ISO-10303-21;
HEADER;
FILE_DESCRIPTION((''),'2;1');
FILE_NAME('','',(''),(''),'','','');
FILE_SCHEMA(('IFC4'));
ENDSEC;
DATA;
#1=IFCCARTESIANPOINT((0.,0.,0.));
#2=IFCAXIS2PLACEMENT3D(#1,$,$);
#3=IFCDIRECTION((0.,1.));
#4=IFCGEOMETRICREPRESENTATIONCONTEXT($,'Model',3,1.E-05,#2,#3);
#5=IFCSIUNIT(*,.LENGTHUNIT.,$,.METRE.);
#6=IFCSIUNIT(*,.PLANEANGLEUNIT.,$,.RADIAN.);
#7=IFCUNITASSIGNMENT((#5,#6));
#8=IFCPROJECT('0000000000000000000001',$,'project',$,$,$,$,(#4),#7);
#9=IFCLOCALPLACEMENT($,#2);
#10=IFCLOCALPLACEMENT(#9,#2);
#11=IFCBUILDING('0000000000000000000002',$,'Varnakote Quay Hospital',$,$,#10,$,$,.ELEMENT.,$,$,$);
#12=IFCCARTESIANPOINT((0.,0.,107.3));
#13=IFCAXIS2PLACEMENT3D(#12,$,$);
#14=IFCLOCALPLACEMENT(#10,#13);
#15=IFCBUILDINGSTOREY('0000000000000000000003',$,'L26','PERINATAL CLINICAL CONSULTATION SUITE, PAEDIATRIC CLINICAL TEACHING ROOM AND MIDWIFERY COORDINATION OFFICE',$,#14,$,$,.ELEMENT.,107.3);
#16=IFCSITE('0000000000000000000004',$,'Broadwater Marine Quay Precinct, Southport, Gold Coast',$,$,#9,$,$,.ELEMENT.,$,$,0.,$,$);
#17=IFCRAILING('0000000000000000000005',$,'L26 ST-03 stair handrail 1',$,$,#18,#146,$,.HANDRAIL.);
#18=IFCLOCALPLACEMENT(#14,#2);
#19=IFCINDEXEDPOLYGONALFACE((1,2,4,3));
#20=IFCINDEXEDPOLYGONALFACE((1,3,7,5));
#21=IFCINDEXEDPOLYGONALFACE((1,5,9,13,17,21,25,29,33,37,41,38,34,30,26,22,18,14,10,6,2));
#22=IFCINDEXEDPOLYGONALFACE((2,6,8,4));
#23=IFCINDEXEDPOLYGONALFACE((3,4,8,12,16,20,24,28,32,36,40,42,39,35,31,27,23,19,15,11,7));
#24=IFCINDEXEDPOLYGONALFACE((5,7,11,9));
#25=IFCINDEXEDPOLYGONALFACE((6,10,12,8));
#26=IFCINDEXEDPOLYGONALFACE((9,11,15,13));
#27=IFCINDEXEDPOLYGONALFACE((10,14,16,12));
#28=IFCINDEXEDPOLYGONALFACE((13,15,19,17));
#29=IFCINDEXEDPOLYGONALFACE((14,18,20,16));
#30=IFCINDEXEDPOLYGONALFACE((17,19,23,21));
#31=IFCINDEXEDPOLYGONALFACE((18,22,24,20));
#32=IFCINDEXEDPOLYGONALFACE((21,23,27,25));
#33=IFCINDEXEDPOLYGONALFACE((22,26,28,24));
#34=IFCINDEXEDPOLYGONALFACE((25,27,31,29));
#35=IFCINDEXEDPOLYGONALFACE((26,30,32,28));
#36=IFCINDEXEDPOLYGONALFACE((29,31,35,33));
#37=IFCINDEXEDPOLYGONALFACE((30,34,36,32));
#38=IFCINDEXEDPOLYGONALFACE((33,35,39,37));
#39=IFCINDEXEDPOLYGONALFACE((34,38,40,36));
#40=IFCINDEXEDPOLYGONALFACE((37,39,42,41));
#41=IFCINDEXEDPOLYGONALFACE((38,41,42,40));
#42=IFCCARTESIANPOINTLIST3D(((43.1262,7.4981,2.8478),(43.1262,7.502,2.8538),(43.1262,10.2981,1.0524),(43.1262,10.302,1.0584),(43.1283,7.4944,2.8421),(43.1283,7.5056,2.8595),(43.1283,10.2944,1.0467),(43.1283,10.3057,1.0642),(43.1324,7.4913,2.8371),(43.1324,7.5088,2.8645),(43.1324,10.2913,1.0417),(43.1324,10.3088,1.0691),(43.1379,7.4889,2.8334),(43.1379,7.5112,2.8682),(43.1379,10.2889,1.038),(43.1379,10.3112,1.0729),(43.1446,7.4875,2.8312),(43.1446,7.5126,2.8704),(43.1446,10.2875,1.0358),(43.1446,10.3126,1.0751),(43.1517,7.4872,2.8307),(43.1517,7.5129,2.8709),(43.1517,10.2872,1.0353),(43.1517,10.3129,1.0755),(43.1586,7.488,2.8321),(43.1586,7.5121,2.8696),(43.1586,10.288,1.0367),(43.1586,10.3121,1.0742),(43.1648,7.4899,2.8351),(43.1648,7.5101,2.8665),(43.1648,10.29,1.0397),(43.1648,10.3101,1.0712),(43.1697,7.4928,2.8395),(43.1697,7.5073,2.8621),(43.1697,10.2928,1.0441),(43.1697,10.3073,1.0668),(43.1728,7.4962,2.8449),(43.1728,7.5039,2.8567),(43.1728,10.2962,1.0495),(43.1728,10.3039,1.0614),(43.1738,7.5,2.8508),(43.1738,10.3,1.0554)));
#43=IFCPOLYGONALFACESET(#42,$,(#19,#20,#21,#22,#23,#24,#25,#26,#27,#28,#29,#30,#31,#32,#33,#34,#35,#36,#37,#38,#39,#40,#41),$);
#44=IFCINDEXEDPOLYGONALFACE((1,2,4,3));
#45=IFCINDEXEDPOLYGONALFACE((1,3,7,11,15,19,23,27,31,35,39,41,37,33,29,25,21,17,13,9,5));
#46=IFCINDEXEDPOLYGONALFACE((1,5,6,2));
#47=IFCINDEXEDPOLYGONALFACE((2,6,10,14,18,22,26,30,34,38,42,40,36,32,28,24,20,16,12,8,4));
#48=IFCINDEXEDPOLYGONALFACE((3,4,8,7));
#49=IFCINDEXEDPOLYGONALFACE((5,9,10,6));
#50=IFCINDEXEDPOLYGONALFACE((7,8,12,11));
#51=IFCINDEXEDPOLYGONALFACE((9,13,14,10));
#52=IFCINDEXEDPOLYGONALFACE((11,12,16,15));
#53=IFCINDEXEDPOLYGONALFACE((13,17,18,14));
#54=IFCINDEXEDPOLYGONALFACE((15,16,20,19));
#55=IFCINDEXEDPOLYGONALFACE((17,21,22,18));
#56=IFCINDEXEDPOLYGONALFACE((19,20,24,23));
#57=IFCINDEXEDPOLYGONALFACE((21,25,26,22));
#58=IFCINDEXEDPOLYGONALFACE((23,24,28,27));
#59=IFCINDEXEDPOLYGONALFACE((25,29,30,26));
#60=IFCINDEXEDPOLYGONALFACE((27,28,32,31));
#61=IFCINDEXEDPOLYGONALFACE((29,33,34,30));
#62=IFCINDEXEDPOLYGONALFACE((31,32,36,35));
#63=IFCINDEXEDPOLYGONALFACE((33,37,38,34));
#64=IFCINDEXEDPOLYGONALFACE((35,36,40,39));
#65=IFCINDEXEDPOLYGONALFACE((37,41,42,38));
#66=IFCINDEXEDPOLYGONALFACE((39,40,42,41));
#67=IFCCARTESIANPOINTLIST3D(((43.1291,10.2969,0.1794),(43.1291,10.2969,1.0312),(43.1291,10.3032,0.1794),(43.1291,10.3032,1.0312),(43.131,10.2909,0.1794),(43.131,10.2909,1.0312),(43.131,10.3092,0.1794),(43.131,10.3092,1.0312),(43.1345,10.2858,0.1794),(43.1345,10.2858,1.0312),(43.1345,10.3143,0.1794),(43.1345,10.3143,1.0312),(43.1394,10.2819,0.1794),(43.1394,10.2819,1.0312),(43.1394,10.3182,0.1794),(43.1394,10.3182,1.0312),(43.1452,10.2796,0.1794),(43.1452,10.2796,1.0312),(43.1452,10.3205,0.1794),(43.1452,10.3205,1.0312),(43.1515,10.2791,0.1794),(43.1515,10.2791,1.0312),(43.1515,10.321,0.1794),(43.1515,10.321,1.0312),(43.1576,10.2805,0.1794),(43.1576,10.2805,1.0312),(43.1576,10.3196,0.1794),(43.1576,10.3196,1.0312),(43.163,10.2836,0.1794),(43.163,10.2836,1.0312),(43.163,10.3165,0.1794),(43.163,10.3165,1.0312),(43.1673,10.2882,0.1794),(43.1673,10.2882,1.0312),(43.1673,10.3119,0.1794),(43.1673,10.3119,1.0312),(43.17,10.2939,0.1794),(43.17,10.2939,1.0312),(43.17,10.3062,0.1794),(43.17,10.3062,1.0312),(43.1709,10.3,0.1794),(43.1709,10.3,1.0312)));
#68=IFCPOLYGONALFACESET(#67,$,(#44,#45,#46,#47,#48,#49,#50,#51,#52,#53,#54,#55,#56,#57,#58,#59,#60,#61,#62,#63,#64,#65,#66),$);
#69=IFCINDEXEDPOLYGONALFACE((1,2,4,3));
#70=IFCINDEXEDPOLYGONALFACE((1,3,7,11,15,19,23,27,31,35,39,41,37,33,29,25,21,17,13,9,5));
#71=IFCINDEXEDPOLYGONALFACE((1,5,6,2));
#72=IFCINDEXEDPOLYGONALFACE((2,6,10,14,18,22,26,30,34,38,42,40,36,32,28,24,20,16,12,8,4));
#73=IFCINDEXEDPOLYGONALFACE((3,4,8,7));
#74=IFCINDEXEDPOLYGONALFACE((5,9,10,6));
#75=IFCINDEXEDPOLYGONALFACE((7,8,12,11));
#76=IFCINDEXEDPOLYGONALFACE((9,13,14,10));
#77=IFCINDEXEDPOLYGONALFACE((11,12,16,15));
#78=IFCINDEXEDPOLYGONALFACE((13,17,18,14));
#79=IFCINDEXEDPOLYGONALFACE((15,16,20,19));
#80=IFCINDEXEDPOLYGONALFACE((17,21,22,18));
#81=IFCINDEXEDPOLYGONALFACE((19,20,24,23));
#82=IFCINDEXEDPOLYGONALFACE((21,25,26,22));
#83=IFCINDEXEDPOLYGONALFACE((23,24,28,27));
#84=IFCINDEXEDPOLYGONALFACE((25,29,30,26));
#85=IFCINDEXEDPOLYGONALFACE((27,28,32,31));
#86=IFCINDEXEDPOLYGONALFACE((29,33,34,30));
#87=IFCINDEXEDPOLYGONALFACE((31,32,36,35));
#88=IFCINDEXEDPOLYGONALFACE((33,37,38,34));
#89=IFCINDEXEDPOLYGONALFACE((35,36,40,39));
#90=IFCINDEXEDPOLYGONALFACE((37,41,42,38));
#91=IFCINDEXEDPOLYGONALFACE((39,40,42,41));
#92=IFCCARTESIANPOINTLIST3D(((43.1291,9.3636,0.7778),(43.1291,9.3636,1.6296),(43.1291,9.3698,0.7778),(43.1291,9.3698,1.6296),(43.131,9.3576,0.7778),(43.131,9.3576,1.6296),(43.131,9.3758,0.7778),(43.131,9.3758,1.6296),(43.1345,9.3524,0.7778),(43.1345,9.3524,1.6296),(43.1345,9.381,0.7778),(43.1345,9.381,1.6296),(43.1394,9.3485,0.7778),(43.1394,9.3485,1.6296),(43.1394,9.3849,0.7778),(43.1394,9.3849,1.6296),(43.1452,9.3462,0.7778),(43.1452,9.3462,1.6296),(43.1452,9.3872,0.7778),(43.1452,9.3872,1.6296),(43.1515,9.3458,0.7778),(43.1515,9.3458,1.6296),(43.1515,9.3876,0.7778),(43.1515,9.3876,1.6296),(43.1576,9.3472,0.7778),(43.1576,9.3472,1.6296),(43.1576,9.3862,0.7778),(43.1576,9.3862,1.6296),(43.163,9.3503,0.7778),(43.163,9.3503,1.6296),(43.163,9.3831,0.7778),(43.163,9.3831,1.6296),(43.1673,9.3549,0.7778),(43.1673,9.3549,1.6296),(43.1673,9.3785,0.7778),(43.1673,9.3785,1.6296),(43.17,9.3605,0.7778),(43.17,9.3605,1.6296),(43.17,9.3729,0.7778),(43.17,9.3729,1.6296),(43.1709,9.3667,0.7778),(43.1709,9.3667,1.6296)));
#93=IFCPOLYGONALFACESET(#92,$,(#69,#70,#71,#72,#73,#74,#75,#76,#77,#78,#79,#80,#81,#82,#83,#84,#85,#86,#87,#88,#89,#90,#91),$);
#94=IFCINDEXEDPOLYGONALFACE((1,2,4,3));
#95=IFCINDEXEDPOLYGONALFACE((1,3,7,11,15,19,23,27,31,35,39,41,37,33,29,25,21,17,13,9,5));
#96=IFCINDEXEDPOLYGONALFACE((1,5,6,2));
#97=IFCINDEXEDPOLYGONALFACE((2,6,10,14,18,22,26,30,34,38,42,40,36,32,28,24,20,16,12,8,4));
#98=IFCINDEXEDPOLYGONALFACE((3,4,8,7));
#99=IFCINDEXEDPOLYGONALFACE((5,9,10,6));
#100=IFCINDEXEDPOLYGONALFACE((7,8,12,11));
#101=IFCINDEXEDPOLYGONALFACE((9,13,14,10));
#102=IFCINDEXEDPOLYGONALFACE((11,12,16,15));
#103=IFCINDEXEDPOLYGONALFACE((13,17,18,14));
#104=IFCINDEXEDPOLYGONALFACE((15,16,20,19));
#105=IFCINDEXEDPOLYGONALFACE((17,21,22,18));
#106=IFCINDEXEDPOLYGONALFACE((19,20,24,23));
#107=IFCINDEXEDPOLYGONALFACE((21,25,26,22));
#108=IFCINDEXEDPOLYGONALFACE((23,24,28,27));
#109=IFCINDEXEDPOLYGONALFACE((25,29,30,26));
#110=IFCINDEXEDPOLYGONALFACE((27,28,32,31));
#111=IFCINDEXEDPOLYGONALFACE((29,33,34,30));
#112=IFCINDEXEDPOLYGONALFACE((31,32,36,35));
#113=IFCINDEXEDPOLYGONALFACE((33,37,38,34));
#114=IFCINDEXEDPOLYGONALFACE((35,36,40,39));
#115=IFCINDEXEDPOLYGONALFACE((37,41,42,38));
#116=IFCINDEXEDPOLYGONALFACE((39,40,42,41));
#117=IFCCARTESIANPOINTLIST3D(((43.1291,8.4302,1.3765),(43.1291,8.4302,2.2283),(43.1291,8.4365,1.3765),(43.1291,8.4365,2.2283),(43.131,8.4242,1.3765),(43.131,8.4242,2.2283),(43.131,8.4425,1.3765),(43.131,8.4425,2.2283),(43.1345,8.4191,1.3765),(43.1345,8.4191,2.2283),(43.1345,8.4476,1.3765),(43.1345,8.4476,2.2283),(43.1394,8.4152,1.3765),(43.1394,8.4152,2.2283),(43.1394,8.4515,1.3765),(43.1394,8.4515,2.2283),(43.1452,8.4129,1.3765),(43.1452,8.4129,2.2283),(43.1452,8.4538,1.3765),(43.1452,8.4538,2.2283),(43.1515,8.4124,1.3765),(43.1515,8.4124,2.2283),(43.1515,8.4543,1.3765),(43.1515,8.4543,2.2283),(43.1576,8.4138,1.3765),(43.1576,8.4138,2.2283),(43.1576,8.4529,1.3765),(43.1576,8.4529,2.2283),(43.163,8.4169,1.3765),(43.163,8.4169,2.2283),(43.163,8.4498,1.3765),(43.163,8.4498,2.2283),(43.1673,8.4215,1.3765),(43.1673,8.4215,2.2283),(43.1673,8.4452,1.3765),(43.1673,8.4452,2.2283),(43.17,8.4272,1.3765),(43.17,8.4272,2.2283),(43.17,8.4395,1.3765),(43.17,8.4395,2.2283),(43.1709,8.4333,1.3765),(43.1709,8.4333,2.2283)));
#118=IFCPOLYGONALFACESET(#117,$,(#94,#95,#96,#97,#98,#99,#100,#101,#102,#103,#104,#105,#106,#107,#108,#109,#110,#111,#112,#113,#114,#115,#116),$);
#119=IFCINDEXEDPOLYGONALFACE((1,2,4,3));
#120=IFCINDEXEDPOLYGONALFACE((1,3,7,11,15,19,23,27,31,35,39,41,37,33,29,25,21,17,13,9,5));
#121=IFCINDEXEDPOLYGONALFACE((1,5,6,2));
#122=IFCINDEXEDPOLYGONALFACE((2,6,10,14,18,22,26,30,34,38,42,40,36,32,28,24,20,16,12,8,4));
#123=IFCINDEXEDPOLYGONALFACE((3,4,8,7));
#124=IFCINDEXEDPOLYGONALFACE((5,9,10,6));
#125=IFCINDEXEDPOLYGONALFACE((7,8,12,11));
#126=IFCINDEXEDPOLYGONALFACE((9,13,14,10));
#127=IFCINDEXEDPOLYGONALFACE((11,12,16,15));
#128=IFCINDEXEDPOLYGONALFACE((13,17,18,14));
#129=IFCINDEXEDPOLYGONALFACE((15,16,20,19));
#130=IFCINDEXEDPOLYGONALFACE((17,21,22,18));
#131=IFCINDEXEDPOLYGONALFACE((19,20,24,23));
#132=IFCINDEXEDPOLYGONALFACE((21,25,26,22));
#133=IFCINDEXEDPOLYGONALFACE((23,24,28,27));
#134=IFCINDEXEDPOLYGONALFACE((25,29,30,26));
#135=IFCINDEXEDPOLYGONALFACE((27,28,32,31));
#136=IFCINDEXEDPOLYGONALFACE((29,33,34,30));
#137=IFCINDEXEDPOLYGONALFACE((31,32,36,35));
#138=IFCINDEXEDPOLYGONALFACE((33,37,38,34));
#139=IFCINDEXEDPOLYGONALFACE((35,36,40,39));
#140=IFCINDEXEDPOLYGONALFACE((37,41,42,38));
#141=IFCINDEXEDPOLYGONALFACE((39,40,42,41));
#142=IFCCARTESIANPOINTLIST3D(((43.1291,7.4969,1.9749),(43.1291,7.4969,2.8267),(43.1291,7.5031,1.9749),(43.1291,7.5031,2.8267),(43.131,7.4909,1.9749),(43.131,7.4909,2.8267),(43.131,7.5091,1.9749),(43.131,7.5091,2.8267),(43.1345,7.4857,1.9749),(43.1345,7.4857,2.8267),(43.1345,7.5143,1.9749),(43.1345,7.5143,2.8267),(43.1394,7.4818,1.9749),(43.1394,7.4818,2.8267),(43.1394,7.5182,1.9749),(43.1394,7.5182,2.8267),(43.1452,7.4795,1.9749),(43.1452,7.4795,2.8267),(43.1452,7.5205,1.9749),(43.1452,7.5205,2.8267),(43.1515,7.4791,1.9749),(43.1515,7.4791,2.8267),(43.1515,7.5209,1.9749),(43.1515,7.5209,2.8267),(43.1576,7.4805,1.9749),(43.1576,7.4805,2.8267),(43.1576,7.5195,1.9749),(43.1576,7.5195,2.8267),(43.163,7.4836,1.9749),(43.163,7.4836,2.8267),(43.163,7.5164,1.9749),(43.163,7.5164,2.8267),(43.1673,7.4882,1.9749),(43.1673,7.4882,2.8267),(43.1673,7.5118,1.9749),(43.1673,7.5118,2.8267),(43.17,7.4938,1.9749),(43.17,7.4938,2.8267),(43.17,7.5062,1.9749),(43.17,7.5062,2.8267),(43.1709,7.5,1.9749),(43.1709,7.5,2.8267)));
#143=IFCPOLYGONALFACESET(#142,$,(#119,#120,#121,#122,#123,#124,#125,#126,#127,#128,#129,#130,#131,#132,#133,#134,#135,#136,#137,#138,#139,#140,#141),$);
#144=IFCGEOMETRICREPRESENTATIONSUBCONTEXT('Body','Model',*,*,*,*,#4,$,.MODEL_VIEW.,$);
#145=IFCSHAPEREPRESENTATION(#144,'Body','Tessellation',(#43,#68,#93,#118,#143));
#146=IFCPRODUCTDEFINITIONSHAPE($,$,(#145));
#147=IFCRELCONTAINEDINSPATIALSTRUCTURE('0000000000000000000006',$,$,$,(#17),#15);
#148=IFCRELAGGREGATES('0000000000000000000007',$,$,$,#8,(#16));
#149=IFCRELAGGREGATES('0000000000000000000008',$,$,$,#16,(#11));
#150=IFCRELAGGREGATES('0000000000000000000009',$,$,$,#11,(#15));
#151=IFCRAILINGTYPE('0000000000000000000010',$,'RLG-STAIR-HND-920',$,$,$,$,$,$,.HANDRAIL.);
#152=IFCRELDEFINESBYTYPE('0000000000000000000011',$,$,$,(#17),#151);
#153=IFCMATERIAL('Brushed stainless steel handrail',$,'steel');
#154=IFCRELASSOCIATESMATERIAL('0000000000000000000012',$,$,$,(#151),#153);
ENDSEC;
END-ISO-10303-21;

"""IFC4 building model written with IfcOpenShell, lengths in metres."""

from ifc_helpers import new_model, si_unit, direction, frame, origin, origin_2d, place, context, subcontext, project, spatial, circle, extrude, material, type_object, element, save


model = new_model("IFC4")

# Units and contexts
model_context = context("Model", 3, precision=1e-05, world=origin(), true_north=direction((0.0, 1.0)))
body_context = subcontext(model_context, "Body", "Model", "MODEL_VIEW")
ifc_project = project(units=[si_unit("LENGTHUNIT", "METRE"), si_unit("PLANEANGLEUNIT", "RADIAN")], contexts=[model_context])

# Site, building, storey
site_placement = place(None, origin())
site = spatial("IfcSite", under=ifc_project, at=site_placement, Name="Broadwater Marine Quay Precinct, Southport, Gold Coast", CompositionType="ELEMENT", RefElevation=0.0)
building_placement = place(site_placement, origin())
building = spatial("IfcBuilding", under=site, at=building_placement, Name="Varnakote Quay Hospital", CompositionType="ELEMENT")
storey_placement = place(building_placement, frame((0.0, 0.0, 107.3)))
storey = spatial("IfcBuildingStorey", under=building, at=storey_placement, Name="L26", Description="PERINATAL CLINICAL CONSULTATION SUITE, PAEDIATRIC CLINICAL TEACHING ROOM AND MIDWIFERY COORDINATION OFFICE", CompositionType="ELEMENT", Elevation=107.3)

# Railing
ifc_material_1 = material(Name="Brushed stainless steel handrail", Category="steel")
railing_type_1 = type_object("IfcRailingType", Name="RLG-STAIR-HND-920", PredefinedType="HANDRAIL", material=ifc_material_1)
railing_1_placement = place(storey_placement, frame((43.1499, 10.3, 0.1794)))
element("IfcRailing", 1, at=railing_1_placement, inside=storey, type_object=railing_type_1, Name="L26 ST-03 stair handrail 1", PredefinedType="HANDRAIL", context=body_context, shape_type="SweptSolid", body=[
    extrude(circle(Radius=0.0239, at=origin_2d()), frame((0.0, 0.0, 0.876), z_axis=(0.0, -0.84181, 0.539774), x_axis=(1.0, 0.0, 0.0)), (0.0, 0.0, 1.0), 3.3262),
    extrude(circle(Radius=0.021, at=origin_2d()), origin(), (0.0, 0.0, 1.0), 0.8518),
    extrude(circle(Radius=0.021, at=origin_2d()), frame((0.0, -0.9333, 0.5984)), (0.0, 0.0, 1.0), 0.8518),
    extrude(circle(Radius=0.021, at=origin_2d()), frame((0.0, -1.8667, 1.197)), (0.0, 0.0, 1.0), 0.8518),
    extrude(circle(Radius=0.021, at=origin_2d()), frame((0.0, -2.8, 1.7954)), (0.0, 0.0, 1.0), 0.8518),
])

save(model, "model.ifc")
